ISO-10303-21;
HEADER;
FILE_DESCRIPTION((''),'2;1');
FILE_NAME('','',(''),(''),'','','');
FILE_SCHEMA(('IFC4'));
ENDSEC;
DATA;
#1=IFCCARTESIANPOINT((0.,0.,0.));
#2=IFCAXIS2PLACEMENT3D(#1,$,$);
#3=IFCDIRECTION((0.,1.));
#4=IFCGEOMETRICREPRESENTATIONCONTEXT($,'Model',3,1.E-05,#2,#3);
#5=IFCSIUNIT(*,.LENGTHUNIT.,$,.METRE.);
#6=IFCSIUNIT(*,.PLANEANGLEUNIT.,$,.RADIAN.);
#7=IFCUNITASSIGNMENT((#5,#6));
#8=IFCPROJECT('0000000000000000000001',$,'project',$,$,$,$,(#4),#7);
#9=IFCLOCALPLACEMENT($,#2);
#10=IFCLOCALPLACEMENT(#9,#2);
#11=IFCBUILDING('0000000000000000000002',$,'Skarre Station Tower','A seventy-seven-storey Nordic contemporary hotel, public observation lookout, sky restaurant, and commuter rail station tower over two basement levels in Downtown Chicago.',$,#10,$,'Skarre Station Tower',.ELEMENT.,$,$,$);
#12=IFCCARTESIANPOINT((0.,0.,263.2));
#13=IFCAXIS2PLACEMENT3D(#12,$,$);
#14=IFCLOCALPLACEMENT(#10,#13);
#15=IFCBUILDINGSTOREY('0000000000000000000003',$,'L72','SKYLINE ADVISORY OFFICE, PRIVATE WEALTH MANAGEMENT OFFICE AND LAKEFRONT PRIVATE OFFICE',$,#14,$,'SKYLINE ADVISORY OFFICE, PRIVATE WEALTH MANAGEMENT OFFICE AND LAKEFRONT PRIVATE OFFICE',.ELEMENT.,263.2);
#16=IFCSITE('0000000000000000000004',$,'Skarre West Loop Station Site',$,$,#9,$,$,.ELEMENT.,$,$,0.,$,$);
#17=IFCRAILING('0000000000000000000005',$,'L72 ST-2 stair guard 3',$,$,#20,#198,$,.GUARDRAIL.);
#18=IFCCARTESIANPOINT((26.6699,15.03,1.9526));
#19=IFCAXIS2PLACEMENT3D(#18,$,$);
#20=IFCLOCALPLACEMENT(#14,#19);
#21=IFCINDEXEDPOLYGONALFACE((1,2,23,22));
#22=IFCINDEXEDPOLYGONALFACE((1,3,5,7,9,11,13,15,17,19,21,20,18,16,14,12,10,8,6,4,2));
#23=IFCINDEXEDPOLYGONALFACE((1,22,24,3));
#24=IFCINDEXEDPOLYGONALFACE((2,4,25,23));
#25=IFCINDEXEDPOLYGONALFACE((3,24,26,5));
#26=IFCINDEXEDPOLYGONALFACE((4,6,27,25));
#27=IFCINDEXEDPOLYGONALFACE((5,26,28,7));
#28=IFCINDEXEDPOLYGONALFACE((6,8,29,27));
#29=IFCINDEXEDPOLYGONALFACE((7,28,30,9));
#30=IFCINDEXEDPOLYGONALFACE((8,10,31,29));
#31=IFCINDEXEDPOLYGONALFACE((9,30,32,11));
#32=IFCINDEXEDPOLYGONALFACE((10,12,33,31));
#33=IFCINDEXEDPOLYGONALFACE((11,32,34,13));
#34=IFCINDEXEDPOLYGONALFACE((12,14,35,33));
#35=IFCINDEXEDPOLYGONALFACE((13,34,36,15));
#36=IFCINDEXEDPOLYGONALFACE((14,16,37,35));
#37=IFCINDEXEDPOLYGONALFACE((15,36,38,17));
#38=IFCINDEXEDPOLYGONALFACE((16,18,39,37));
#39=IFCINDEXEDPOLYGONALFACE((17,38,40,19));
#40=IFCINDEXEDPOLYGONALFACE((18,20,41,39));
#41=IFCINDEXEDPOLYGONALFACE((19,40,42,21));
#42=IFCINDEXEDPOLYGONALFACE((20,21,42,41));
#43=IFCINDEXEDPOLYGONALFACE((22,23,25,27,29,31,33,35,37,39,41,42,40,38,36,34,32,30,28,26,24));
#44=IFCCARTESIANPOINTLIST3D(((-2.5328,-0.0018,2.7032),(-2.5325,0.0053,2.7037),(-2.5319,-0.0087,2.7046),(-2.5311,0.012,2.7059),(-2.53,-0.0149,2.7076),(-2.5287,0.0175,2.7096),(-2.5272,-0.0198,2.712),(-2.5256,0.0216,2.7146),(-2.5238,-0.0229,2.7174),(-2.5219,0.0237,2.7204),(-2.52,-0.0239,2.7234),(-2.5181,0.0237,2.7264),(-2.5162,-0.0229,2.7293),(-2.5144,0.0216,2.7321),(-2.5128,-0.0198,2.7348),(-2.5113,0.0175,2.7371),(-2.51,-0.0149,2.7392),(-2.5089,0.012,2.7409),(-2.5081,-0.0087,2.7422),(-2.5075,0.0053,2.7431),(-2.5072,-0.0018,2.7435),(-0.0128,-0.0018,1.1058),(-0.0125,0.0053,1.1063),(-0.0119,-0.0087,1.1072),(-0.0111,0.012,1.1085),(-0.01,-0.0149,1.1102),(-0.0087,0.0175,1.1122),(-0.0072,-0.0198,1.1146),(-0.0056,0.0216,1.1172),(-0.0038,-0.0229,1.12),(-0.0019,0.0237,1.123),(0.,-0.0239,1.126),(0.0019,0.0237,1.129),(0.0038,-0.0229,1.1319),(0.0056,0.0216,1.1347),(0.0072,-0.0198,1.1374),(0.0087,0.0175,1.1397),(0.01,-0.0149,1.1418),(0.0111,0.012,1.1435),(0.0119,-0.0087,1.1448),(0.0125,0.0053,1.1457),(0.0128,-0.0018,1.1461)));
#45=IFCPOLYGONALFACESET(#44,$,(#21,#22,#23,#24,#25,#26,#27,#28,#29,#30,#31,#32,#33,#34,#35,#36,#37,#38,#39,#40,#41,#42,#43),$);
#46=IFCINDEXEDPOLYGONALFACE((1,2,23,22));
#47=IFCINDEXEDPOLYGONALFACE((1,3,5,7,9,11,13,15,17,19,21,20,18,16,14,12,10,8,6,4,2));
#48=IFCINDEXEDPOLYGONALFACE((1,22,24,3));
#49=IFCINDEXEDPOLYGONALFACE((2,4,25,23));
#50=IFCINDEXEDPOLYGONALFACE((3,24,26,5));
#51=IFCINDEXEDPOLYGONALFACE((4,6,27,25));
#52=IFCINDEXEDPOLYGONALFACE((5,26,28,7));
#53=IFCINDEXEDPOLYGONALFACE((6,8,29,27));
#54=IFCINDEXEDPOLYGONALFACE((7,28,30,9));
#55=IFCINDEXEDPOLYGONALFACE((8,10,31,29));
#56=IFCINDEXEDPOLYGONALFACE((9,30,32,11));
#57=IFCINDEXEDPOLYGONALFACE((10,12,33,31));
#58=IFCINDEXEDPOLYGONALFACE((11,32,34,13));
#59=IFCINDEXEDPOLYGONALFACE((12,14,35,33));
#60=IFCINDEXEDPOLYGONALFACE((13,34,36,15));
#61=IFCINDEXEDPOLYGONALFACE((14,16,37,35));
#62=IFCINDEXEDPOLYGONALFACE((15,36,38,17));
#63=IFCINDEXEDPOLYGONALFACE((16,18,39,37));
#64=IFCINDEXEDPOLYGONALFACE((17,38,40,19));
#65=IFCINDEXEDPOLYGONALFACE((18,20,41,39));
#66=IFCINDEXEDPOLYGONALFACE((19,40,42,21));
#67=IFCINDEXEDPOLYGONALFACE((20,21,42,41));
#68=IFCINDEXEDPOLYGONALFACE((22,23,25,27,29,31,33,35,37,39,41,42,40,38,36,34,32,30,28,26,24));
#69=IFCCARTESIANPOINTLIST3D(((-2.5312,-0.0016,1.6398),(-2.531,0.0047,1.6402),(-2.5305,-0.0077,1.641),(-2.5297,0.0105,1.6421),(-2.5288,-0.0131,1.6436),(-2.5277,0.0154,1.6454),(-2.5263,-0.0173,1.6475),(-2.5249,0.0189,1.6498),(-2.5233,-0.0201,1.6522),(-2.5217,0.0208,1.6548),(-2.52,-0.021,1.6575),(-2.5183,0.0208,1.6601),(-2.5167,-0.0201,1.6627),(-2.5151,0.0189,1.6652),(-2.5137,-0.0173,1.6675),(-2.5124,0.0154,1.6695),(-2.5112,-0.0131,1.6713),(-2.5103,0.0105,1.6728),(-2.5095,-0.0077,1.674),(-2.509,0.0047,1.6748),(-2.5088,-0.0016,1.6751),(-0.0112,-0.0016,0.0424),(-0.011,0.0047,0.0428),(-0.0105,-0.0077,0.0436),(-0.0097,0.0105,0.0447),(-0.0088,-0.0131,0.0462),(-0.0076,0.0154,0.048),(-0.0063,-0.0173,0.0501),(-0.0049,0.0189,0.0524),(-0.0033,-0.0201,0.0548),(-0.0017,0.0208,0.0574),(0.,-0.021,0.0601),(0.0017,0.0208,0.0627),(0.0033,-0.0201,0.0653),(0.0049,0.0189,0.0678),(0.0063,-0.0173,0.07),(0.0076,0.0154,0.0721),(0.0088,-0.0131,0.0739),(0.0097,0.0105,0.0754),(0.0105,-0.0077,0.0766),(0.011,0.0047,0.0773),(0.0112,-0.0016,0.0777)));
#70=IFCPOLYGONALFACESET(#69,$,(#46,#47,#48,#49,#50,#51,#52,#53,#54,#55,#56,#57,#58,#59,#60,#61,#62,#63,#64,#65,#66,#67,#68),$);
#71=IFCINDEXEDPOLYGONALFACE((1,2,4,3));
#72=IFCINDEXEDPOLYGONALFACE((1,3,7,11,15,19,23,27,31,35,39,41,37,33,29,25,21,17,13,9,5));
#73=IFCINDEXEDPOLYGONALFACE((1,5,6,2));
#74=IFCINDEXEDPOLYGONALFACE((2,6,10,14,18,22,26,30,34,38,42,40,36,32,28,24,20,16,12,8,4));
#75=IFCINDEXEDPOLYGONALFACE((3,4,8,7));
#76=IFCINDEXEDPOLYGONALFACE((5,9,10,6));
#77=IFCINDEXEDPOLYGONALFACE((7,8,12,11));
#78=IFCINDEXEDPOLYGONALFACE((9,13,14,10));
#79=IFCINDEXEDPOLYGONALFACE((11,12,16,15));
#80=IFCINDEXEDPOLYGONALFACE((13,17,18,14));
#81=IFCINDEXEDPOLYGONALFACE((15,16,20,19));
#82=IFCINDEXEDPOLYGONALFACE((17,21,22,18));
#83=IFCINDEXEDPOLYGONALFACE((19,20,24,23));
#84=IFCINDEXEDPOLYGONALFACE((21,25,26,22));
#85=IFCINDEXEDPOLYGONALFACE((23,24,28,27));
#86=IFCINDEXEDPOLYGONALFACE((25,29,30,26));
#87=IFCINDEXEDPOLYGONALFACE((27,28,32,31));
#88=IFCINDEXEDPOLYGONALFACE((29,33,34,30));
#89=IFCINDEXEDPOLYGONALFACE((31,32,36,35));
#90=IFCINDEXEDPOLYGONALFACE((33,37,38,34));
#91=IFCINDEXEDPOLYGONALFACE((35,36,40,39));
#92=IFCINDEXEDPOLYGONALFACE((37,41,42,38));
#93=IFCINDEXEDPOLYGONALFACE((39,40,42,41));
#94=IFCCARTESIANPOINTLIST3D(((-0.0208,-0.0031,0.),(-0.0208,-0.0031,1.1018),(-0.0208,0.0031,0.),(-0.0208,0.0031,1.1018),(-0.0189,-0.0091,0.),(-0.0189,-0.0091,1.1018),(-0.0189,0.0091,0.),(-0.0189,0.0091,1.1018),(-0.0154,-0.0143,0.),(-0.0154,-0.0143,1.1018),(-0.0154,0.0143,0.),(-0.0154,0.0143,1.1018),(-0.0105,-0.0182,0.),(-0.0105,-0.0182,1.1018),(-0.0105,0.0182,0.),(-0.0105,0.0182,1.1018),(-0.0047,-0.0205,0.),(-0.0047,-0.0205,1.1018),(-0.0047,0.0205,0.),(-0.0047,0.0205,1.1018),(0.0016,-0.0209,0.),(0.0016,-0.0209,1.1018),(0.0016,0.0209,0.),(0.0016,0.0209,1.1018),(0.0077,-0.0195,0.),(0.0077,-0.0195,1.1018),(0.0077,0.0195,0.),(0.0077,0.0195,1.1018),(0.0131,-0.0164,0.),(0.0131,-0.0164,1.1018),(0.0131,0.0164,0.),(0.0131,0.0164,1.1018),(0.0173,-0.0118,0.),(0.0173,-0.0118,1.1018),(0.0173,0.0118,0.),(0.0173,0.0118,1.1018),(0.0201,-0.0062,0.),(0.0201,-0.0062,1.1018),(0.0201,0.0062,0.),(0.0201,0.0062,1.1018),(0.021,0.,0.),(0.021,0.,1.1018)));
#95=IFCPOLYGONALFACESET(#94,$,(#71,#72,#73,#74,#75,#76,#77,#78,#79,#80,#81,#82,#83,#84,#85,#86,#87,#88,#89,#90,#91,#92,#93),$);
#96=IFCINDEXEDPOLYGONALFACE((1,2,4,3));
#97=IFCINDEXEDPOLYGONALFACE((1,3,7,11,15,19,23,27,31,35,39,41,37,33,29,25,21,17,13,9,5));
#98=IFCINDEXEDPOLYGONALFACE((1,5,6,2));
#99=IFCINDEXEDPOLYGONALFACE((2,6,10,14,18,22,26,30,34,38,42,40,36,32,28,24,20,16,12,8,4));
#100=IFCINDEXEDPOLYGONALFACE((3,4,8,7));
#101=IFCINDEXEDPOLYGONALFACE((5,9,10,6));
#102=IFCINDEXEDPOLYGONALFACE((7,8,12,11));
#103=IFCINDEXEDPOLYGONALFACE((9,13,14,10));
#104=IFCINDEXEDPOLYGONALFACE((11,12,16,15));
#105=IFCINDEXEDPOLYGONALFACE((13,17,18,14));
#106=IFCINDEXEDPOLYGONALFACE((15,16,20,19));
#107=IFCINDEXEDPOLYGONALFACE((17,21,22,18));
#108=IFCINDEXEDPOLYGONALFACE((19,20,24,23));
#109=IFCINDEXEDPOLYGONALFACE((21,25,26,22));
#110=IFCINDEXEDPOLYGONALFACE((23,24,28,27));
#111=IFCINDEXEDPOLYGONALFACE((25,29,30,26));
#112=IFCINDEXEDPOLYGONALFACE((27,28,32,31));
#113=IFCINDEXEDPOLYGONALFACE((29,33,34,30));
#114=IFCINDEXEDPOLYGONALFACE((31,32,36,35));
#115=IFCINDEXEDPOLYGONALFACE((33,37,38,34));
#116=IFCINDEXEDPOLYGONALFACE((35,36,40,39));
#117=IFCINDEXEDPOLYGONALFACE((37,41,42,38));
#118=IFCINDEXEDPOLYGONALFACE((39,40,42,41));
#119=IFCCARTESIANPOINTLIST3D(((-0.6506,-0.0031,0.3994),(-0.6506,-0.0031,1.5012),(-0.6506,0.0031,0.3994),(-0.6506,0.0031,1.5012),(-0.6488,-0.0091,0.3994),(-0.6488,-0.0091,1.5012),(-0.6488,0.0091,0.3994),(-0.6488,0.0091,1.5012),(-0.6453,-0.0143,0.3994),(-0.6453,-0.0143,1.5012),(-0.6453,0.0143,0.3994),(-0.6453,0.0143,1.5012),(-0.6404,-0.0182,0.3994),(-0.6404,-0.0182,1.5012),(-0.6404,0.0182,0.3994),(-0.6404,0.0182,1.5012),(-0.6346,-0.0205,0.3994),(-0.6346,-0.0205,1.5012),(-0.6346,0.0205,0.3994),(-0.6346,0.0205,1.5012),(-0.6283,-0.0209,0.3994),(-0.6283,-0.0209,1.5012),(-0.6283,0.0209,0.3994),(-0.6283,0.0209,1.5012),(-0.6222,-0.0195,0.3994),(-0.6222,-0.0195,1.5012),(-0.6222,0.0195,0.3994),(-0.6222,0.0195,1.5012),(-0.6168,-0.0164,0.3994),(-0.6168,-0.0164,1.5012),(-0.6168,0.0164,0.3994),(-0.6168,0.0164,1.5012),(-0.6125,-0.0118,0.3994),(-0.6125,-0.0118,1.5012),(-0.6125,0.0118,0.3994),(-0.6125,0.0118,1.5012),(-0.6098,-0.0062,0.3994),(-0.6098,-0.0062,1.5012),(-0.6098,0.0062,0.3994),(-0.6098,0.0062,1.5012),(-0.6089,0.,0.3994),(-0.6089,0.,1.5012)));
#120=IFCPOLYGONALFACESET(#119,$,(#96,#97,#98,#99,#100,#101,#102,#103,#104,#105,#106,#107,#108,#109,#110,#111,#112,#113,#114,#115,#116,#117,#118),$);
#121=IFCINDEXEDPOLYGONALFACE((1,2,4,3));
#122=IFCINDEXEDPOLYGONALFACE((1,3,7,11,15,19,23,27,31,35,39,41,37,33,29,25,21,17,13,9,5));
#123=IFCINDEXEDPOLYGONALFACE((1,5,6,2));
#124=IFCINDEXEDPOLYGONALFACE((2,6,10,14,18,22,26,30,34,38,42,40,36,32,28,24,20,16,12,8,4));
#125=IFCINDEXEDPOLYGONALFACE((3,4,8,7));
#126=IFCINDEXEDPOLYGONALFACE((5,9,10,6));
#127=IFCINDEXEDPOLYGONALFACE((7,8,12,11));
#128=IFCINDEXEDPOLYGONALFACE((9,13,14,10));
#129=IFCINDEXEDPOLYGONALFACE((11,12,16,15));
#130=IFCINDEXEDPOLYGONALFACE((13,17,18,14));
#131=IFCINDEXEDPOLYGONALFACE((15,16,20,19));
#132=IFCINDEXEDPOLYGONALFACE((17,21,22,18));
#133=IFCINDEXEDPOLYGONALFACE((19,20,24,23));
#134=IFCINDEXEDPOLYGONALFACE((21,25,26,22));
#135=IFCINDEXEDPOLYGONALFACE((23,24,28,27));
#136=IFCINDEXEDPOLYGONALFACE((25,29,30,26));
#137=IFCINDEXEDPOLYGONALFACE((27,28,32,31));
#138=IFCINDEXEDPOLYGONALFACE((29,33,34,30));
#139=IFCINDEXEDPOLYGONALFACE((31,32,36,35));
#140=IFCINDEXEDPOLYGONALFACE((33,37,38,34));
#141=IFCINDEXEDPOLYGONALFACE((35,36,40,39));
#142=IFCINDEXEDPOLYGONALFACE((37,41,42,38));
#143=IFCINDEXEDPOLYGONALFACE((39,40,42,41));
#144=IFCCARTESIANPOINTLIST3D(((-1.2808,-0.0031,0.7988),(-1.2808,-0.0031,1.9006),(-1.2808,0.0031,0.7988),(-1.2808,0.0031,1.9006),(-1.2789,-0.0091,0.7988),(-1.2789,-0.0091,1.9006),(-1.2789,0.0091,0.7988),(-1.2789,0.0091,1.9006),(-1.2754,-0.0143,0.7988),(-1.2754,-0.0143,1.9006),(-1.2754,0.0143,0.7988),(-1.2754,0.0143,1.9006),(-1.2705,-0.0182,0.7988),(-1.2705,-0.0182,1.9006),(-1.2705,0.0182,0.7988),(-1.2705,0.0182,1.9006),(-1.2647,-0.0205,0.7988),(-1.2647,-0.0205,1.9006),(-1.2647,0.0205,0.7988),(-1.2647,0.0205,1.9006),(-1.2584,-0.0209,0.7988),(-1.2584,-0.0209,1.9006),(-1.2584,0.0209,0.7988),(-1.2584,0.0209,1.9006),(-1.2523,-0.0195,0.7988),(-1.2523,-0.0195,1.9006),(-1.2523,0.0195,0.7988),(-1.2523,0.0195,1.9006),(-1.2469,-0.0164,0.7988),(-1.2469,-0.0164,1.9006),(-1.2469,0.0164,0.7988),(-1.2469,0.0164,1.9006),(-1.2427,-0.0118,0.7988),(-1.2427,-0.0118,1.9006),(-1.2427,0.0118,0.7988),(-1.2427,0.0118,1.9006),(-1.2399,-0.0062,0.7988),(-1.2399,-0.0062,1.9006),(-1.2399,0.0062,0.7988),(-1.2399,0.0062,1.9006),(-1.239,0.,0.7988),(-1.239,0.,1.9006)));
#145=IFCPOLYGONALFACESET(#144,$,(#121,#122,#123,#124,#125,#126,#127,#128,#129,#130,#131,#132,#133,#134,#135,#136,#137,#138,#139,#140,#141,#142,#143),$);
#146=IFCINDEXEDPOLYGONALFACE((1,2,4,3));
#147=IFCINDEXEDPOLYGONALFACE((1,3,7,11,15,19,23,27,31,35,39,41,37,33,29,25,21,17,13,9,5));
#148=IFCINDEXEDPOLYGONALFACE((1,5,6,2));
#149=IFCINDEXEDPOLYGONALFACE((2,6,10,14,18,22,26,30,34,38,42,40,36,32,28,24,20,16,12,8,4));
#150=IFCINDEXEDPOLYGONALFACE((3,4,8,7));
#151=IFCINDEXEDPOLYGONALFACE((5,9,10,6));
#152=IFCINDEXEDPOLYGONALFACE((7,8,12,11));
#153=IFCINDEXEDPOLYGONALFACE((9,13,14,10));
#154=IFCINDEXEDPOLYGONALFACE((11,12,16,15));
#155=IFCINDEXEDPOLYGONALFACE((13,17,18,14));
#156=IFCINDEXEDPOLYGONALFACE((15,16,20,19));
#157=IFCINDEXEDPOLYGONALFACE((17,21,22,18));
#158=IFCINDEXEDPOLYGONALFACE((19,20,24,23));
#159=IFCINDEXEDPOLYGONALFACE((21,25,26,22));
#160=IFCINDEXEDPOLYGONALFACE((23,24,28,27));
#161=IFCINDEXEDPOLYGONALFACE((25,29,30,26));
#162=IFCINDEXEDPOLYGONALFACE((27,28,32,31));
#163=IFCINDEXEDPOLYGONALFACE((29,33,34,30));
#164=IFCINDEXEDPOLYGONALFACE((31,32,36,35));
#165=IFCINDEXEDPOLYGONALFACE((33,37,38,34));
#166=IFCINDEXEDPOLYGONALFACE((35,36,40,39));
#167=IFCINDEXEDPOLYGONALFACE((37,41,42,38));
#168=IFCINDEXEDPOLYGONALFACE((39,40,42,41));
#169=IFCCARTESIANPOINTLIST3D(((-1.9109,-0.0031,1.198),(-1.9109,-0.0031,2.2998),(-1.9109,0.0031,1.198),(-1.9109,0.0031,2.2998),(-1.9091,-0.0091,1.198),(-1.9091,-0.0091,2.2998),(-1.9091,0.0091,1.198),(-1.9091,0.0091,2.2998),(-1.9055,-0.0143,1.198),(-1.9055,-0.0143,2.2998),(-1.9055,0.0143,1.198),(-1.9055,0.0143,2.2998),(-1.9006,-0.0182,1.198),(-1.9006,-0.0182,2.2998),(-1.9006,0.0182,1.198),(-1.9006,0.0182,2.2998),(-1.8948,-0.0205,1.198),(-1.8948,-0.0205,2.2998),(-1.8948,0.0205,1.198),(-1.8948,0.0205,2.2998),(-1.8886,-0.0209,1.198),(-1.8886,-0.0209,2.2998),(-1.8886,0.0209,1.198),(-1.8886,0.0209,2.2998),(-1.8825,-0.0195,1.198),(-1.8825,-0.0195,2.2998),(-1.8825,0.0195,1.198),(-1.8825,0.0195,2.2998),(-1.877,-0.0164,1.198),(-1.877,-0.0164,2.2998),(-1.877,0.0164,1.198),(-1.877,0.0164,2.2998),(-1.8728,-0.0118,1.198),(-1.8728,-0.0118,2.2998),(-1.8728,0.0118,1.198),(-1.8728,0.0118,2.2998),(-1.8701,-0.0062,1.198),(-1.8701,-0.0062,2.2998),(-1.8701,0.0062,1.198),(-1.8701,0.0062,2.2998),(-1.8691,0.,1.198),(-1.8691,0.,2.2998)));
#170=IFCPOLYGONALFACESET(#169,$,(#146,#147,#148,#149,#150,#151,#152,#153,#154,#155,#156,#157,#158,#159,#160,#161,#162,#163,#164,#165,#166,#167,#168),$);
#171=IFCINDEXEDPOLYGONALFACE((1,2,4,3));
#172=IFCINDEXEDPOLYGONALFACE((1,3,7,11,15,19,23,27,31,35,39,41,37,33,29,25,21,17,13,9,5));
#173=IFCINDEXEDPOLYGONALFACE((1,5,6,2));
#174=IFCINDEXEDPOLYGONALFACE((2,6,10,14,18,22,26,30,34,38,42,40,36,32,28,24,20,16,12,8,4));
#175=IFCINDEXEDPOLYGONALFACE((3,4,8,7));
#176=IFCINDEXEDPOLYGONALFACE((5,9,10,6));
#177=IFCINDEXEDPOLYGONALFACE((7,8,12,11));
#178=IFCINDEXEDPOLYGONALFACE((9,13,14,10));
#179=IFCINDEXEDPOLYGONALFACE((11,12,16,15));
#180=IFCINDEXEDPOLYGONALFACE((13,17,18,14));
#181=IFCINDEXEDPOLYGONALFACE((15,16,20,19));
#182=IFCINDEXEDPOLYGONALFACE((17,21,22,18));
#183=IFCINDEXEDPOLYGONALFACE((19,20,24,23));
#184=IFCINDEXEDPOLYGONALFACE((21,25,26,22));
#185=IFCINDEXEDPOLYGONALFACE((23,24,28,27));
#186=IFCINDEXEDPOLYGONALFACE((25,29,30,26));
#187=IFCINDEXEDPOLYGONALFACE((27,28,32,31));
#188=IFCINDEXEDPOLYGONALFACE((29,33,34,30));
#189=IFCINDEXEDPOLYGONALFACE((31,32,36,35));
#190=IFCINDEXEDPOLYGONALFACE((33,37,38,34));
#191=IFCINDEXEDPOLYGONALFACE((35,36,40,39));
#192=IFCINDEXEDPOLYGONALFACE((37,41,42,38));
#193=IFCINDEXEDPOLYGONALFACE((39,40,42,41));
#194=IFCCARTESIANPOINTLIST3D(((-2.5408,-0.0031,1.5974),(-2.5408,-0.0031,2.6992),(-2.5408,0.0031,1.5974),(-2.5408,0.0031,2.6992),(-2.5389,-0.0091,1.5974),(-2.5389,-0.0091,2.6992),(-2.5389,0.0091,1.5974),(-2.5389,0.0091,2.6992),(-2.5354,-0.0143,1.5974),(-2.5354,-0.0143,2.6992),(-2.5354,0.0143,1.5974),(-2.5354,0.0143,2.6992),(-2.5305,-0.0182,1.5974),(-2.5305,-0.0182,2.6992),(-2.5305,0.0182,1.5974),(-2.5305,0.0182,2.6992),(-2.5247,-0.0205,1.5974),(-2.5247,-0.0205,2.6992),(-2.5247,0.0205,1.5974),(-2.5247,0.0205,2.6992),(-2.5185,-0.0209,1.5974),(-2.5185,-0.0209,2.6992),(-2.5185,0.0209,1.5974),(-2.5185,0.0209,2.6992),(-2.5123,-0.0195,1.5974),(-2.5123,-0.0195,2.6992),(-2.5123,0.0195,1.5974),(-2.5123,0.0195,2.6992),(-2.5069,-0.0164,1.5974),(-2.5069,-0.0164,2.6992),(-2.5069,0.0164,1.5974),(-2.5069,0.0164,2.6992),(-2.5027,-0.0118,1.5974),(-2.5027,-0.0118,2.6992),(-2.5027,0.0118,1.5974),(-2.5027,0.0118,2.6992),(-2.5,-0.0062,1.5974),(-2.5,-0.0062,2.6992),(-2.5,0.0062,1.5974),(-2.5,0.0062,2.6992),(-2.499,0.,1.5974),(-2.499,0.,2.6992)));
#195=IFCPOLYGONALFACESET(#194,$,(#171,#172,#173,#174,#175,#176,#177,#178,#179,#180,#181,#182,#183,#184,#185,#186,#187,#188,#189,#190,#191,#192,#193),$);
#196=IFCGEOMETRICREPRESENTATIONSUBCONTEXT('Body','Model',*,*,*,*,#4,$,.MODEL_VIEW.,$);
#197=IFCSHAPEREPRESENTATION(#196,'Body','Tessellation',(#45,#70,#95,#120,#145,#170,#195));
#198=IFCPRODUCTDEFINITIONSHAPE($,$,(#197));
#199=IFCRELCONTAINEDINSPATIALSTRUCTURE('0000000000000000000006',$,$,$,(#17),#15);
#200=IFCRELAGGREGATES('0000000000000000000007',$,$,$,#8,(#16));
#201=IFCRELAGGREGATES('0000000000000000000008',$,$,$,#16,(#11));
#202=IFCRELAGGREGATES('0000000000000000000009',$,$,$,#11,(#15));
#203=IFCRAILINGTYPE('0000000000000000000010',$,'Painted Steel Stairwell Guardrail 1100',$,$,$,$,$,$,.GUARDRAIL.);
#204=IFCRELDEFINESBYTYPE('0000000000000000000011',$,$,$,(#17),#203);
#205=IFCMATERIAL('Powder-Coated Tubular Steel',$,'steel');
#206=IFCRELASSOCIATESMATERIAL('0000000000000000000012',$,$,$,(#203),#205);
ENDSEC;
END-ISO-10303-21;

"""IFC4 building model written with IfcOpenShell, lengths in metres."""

from ifc_helpers import new_model, si_unit, direction, frame, origin, origin_2d, place, context, subcontext, project, spatial, circle, extrude, material, type_object, element, save


model = new_model("IFC4")

# Units and contexts
model_context = context("Model", 3, precision=1e-05, world=origin(), true_north=direction((0.0, 1.0)))
body_context = subcontext(model_context, "Body", "Model", "MODEL_VIEW")
ifc_project = project(units=[si_unit("LENGTHUNIT", "METRE"), si_unit("PLANEANGLEUNIT", "RADIAN")], contexts=[model_context])

# Site, building, storey
site_placement = place(None, origin())
site = spatial("IfcSite", under=ifc_project, at=site_placement, Name="Skarre West Loop Station Site", CompositionType="ELEMENT", RefElevation=0.0)
building_placement = place(site_placement, origin())
building = spatial("IfcBuilding", under=site, at=building_placement, Name="Skarre Station Tower", Description="A seventy-seven-storey Nordic contemporary hotel, public observation lookout, sky restaurant, and commuter rail station tower over two basement levels in Downtown Chicago.", LongName="Skarre Station Tower", CompositionType="ELEMENT")
storey_placement = place(building_placement, frame((0.0, 0.0, 263.2)))
storey = spatial("IfcBuildingStorey", under=building, at=storey_placement, Name="L72", Description="SKYLINE ADVISORY OFFICE, PRIVATE WEALTH MANAGEMENT OFFICE AND LAKEFRONT PRIVATE OFFICE", LongName="SKYLINE ADVISORY OFFICE, PRIVATE WEALTH MANAGEMENT OFFICE AND LAKEFRONT PRIVATE OFFICE", CompositionType="ELEMENT", Elevation=263.2)

# Railing
ifc_material_1 = material(Name="Powder-Coated Tubular Steel", Category="steel")
railing_type_1 = type_object("IfcRailingType", Name="Painted Steel Stairwell Guardrail 1100", PredefinedType="GUARDRAIL", material=ifc_material_1)
railing_1_placement = place(storey_placement, frame((26.6699, 15.03, 1.9526)))
element("IfcRailing", 1, at=railing_1_placement, inside=storey, type_object=railing_type_1, Name="L72 ST-2 stair guard 3", PredefinedType="GUARDRAIL", context=body_context, shape_type="SweptSolid", body=[
    extrude(circle(Radius=0.0239, at=origin_2d()), frame((0.0, 0.0, 1.126), z_axis=(-0.844607, 0.0, 0.535387), x_axis=(0.0, -1.0, 0.0)), (0.0, 0.0, 1.0), 2.9836),
    extrude(circle(Radius=0.021, at=origin_2d()), frame((0.0, 0.0, 0.0601), z_axis=(-0.844607, 0.0, 0.535387), x_axis=(0.0, -1.0, 0.0)), (0.0, 0.0, 1.0), 2.9836),
    extrude(circle(Radius=0.021, at=origin_2d()), origin(), (0.0, 0.0, 1.0), 1.1018),
    extrude(circle(Radius=0.021, at=origin_2d()), frame((-0.6299, 0.0, 0.3994)), (0.0, 0.0, 1.0), 1.1018),
    extrude(circle(Radius=0.021, at=origin_2d()), frame((-1.26, 0.0, 0.7988)), (0.0, 0.0, 1.0), 1.1018),
    extrude(circle(Radius=0.021, at=origin_2d()), frame((-1.8901, 0.0, 1.198)), (0.0, 0.0, 1.0), 1.1018),
    extrude(circle(Radius=0.021, at=origin_2d()), frame((-2.52, 0.0, 1.5974)), (0.0, 0.0, 1.0), 1.1018),
])

save(model, "model.ifc")
